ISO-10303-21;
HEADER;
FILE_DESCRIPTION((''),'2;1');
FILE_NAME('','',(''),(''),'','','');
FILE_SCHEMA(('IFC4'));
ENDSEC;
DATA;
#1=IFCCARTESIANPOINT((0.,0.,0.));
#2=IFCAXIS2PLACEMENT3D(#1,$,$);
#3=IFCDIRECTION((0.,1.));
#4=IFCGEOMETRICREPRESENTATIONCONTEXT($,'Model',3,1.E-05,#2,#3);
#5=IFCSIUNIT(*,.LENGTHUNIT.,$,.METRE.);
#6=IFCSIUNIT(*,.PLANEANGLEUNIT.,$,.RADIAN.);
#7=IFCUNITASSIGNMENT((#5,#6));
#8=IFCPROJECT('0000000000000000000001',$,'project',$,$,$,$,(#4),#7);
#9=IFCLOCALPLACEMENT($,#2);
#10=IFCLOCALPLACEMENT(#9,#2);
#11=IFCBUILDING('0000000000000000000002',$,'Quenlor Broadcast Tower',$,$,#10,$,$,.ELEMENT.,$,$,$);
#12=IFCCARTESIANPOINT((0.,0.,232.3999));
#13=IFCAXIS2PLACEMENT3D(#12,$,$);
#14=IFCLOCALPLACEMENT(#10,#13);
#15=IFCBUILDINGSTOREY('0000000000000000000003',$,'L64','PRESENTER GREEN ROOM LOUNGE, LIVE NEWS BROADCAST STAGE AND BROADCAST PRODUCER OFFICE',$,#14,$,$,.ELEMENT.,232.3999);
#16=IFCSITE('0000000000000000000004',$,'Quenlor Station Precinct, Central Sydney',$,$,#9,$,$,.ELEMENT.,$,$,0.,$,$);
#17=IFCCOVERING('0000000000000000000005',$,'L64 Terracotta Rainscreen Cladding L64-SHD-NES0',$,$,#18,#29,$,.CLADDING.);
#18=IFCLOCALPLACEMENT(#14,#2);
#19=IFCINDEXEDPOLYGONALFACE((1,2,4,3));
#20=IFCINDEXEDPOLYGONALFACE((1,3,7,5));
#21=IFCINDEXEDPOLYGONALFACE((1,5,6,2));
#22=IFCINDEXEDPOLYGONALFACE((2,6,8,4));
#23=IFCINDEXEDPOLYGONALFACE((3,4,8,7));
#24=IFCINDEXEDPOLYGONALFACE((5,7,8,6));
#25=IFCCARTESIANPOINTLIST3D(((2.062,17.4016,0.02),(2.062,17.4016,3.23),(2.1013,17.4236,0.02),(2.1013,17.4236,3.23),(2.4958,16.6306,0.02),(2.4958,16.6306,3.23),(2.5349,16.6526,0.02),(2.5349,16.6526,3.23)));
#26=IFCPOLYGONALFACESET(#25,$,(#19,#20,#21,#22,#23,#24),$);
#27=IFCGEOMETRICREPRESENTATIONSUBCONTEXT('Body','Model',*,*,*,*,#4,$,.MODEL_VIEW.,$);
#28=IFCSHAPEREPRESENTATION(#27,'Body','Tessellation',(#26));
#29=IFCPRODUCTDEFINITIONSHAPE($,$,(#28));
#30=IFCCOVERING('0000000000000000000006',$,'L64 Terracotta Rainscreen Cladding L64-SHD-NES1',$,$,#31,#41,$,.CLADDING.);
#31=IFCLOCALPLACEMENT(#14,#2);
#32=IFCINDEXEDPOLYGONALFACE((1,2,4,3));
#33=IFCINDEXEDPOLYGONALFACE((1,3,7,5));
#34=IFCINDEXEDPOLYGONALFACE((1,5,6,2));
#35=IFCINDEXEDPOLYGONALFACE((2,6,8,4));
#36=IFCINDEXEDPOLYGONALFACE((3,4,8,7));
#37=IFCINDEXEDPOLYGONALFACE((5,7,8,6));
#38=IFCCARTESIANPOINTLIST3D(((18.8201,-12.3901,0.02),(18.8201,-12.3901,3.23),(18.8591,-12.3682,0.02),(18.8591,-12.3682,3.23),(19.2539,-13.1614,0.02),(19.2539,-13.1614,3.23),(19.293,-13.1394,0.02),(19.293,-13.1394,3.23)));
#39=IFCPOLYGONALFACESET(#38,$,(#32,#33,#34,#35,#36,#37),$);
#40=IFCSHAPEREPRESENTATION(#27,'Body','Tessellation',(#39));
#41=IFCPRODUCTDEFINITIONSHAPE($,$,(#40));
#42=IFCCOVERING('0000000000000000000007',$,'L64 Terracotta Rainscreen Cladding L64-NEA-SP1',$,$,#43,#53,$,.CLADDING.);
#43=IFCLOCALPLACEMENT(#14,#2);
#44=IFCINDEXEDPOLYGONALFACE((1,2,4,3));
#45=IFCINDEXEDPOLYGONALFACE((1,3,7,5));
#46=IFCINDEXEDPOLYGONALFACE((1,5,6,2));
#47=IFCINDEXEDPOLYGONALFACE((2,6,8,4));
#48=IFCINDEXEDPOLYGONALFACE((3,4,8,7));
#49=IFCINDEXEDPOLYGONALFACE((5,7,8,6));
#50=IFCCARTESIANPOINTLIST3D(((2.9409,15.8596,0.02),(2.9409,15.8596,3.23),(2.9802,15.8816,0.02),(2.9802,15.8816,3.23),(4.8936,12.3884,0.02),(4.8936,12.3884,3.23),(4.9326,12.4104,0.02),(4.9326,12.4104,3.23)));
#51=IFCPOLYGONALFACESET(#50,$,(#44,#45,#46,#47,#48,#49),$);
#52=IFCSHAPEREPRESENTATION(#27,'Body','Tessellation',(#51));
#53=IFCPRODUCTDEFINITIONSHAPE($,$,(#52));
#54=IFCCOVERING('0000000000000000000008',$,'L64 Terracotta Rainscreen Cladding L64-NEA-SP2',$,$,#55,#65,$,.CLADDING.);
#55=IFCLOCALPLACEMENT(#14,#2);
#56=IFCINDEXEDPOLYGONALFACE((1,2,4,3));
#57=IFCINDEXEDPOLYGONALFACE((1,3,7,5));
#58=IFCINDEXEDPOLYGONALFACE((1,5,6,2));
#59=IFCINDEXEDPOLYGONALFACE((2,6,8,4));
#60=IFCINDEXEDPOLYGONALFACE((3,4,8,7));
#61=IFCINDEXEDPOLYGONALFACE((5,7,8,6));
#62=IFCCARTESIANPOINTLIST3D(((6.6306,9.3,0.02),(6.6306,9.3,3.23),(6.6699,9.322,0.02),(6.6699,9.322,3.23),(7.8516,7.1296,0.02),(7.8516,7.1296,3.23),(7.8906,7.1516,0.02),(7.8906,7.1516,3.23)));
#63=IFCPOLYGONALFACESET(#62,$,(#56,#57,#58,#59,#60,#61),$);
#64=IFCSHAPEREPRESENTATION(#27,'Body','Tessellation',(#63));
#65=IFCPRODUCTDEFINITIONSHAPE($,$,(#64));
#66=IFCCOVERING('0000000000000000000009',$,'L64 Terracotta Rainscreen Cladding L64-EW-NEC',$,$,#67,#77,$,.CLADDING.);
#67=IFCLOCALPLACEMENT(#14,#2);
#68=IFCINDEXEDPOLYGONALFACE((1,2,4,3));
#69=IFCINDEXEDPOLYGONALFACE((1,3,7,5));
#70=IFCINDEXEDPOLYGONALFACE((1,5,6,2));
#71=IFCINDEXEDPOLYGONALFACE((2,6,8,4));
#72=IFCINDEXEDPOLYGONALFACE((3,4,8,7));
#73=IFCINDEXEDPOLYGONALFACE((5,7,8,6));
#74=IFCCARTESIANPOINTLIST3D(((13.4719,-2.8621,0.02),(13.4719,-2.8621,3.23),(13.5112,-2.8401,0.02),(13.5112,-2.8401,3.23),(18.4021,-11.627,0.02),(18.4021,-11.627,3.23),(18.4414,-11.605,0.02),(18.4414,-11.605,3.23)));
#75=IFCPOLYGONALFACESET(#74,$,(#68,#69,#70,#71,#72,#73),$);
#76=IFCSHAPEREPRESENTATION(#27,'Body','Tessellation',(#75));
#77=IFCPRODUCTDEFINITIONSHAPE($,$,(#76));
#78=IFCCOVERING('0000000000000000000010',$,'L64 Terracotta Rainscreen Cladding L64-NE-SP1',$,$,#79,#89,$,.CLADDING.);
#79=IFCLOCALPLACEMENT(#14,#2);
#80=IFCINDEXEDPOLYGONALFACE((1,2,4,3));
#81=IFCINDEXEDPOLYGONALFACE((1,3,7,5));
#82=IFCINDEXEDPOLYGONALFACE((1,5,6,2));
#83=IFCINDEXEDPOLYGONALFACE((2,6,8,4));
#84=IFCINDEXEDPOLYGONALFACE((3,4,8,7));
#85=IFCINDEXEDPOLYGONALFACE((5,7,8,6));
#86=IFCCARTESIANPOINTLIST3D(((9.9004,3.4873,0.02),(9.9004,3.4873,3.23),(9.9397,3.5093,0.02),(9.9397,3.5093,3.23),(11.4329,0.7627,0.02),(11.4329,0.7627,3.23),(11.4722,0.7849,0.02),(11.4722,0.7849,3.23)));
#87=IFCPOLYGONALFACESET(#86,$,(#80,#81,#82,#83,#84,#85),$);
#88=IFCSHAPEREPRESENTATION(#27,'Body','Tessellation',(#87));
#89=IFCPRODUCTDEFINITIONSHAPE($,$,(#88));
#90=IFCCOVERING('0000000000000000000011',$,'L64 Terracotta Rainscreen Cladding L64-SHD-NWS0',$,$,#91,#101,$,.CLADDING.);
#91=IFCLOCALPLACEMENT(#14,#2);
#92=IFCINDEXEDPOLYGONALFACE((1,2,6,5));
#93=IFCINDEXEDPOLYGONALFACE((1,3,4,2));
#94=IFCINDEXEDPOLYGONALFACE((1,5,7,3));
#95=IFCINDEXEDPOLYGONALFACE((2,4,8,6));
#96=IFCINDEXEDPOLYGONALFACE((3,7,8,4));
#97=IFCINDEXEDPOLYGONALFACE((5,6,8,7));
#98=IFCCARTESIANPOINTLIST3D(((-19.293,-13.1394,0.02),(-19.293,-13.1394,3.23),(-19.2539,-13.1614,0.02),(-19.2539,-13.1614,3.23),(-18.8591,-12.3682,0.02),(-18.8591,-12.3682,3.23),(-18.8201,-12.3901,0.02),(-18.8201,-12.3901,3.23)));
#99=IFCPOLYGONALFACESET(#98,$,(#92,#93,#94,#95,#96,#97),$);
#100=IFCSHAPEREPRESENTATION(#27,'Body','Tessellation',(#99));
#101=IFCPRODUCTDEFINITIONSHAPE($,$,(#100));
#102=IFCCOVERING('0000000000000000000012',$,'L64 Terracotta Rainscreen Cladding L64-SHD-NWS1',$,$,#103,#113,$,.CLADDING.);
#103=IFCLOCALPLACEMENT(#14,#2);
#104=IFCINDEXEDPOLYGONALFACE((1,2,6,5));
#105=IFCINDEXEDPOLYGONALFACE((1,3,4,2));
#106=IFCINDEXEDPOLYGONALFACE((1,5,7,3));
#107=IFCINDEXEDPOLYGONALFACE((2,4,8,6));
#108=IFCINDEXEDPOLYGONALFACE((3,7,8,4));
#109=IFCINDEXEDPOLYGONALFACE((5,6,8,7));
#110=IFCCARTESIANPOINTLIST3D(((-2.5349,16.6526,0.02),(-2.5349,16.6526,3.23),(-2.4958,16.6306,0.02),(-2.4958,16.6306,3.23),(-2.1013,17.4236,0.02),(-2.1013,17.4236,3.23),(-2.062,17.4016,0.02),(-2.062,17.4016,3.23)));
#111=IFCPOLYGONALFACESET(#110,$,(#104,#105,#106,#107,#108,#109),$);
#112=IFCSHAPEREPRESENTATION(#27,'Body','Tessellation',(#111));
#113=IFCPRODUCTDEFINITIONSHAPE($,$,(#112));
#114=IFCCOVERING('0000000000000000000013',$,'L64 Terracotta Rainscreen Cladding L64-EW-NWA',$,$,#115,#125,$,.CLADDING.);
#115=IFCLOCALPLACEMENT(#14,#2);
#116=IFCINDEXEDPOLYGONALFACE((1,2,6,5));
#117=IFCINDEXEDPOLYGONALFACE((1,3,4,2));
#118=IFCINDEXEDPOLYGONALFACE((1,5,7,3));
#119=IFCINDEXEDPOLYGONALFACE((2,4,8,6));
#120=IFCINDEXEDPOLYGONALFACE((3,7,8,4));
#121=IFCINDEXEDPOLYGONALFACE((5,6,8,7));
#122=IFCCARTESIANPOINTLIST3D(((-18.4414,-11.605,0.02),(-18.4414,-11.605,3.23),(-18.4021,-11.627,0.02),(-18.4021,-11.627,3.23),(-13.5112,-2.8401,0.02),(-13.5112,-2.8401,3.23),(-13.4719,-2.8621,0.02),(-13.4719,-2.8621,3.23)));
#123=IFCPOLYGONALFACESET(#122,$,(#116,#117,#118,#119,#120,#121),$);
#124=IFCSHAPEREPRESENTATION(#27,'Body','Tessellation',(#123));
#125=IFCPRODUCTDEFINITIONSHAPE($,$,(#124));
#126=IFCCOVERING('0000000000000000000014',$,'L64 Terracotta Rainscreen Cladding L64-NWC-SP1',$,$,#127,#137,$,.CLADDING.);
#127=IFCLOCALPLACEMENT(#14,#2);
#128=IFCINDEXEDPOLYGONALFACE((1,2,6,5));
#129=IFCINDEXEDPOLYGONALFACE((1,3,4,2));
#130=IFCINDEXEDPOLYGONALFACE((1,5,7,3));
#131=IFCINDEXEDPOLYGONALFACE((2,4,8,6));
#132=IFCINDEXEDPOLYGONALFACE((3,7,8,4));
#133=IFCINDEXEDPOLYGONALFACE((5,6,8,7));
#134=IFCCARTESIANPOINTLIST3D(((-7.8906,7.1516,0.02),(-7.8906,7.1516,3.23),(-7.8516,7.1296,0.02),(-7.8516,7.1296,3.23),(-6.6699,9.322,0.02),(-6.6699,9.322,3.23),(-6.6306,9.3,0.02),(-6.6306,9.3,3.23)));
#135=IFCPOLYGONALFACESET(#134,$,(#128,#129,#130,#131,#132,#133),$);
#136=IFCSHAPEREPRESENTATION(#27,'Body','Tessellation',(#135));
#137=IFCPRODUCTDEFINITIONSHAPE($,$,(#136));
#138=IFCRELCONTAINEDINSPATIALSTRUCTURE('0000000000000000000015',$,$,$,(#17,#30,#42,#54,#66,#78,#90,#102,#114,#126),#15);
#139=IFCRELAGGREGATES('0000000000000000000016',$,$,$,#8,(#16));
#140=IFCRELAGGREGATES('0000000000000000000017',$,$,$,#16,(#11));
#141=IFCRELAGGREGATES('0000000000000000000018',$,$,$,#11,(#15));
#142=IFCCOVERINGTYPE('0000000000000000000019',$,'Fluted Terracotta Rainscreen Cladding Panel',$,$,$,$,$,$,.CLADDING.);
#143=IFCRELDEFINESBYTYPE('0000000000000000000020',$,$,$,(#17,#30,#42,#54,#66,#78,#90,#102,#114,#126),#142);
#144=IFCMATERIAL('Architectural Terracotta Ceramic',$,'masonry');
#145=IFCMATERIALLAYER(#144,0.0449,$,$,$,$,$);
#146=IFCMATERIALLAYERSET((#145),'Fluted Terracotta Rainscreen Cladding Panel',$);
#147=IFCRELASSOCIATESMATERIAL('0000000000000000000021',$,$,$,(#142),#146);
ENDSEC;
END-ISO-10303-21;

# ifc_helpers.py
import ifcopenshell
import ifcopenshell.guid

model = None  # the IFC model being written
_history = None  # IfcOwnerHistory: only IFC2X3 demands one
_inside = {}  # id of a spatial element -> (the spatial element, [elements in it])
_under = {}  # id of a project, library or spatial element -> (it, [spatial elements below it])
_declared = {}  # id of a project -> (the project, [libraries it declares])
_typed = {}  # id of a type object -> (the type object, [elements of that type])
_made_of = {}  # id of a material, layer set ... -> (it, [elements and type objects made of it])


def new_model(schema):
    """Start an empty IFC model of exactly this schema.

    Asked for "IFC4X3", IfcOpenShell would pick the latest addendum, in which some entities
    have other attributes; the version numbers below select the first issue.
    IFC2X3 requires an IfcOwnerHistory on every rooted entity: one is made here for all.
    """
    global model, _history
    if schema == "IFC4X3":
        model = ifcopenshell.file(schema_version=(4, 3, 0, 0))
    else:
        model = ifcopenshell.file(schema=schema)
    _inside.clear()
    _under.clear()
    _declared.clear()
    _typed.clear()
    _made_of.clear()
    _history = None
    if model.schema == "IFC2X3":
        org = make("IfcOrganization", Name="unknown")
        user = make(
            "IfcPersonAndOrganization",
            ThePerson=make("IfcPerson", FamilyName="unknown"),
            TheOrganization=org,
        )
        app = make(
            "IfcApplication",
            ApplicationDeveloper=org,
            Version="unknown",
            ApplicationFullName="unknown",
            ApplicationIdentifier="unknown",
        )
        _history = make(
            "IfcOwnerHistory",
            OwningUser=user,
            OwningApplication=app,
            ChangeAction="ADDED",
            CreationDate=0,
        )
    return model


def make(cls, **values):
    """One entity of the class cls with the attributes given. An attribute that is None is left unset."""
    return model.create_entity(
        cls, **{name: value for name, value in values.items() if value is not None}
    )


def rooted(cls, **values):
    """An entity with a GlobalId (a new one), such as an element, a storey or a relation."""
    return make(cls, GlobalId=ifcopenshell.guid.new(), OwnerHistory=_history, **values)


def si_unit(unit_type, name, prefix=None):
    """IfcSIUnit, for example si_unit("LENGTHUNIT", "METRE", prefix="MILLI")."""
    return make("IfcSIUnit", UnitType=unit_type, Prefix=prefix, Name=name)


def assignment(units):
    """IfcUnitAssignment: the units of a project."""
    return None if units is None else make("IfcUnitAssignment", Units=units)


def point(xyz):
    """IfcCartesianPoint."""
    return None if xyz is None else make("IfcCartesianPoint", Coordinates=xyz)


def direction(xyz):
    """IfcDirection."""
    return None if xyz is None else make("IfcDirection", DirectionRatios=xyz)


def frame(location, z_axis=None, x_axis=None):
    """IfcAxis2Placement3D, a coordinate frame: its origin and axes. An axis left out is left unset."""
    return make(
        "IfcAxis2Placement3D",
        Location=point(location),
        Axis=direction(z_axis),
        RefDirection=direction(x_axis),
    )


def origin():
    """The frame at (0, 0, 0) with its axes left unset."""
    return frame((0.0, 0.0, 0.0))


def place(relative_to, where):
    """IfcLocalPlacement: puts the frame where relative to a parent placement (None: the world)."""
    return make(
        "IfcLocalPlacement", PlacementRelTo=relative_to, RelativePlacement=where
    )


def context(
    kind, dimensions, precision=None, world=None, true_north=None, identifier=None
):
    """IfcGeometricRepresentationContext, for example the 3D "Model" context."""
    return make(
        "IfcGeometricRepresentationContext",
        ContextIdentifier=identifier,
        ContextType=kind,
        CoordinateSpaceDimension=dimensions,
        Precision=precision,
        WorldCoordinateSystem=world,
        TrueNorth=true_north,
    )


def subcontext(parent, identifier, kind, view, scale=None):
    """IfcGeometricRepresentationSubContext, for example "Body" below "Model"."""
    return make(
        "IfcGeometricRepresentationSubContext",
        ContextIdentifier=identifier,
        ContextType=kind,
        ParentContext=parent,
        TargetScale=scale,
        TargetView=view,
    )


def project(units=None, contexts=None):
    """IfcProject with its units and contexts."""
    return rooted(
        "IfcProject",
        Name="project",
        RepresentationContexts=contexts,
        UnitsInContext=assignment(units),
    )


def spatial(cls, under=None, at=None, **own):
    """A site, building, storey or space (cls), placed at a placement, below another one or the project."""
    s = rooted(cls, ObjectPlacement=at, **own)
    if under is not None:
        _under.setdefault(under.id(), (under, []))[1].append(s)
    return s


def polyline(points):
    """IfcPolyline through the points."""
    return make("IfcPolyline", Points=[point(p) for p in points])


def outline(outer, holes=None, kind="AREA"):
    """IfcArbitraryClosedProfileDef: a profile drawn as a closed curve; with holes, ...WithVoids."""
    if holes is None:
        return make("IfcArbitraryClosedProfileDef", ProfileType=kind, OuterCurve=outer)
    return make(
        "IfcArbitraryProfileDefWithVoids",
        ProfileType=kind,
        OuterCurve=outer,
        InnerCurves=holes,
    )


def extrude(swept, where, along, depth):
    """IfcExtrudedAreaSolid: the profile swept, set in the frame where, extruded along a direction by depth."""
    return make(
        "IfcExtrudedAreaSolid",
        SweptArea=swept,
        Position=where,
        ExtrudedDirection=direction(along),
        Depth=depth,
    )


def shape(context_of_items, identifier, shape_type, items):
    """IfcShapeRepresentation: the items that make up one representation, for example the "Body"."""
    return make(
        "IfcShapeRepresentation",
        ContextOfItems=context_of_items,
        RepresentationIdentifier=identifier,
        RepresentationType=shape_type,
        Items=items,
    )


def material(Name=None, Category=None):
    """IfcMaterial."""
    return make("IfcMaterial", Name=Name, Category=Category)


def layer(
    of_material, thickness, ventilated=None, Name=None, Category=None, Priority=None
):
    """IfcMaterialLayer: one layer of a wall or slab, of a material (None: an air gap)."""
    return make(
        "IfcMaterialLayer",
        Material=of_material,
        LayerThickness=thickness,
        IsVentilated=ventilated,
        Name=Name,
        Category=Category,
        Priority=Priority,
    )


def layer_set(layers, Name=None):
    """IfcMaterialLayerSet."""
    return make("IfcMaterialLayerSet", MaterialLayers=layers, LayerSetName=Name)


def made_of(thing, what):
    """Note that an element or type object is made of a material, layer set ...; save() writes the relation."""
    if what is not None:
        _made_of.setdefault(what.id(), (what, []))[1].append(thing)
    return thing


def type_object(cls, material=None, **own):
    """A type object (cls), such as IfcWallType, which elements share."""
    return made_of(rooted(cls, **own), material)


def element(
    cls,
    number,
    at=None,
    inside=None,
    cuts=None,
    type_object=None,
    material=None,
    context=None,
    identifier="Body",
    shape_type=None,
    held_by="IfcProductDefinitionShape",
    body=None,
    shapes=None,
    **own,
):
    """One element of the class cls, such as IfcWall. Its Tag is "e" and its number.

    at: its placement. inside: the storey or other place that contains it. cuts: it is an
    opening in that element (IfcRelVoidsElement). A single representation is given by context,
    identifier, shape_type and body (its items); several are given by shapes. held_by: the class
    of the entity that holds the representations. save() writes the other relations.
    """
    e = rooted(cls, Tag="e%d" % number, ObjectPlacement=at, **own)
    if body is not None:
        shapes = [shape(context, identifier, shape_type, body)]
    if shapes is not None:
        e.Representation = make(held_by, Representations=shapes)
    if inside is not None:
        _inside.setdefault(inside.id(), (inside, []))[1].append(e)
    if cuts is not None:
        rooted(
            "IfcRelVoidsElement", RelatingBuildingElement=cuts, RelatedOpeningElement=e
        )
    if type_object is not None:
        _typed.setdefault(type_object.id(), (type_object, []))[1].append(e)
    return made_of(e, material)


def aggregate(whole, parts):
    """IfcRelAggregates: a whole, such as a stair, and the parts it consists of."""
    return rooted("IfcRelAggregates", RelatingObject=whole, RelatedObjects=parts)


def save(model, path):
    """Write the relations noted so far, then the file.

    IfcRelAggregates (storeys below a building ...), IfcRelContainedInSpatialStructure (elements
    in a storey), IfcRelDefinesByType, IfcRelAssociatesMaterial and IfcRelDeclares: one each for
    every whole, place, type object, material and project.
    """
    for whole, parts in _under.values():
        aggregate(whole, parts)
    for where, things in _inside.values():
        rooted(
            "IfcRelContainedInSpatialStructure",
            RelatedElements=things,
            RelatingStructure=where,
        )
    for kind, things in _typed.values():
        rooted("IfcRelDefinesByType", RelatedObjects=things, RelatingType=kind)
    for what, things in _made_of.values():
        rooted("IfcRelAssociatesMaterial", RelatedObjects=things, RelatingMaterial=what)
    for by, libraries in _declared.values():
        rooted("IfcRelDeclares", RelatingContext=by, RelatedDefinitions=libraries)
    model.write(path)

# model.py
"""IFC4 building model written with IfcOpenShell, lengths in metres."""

from ifc_helpers import new_model, si_unit, direction, frame, origin, place, context, subcontext, project, spatial, polyline, outline, extrude, material, layer, layer_set, type_object, element, save


model = new_model("IFC4")

# Units and contexts
model_context = context("Model", 3, precision=1e-05, world=origin(), true_north=direction((0.0, 1.0)))
body_context = subcontext(model_context, "Body", "Model", "MODEL_VIEW")
ifc_project = project(units=[si_unit("LENGTHUNIT", "METRE"), si_unit("PLANEANGLEUNIT", "RADIAN")], contexts=[model_context])

# Site, building, storey
site_placement = place(None, origin())
site = spatial("IfcSite", under=ifc_project, at=site_placement, Name="Quenlor Station Precinct, Central Sydney", CompositionType="ELEMENT", RefElevation=0.0)
building_placement = place(site_placement, origin())
building = spatial("IfcBuilding", under=site, at=building_placement, Name="Quenlor Broadcast Tower", CompositionType="ELEMENT")
storey_placement = place(building_placement, frame((0.0, 0.0, 232.3999)))
storey = spatial("IfcBuildingStorey", under=building, at=storey_placement, Name="L64", Description="PRESENTER GREEN ROOM LOUNGE, LIVE NEWS BROADCAST STAGE AND BROADCAST PRODUCER OFFICE", CompositionType="ELEMENT", Elevation=232.3999)

# Coverings
ifc_material_1 = material(Name="Architectural Terracotta Ceramic", Category="masonry")
ifc_layer_1 = layer(ifc_material_1, 0.0449)
ifc_layer_set_1 = layer_set([ifc_layer_1], Name="Fluted Terracotta Rainscreen Cladding Panel")
covering_type = type_object("IfcCoveringType", Name="Fluted Terracotta Rainscreen Cladding Panel", PredefinedType="CLADDING", material=ifc_layer_set_1)
covering_1_placement = place(storey_placement, frame((0.0, 0.0, 0.02)))
element("IfcCovering", 1, at=covering_1_placement, inside=storey, type_object=covering_type, Name="L64 Terracotta Rainscreen Cladding L64-SHD-NES0", PredefinedType="CLADDING", context=body_context, shape_type="SweptSolid", body=[
    extrude(outline(polyline([(2.062, 17.4016), (2.4958, 16.6306), (2.5349, 16.6526), (2.1013, 17.4236), (2.062, 17.4016)])), origin(), (0.0, 0.0, 1.0), 3.21),
])
covering_2_placement = place(storey_placement, frame((0.0, 0.0, 0.02)))
element("IfcCovering", 2, at=covering_2_placement, inside=storey, type_object=covering_type, Name="L64 Terracotta Rainscreen Cladding L64-SHD-NES1", PredefinedType="CLADDING", context=body_context, shape_type="SweptSolid", body=[
    extrude(outline(polyline([(18.8201, -12.3901), (19.2539, -13.1614), (19.293, -13.1394), (18.8591, -12.3682), (18.8201, -12.3901)])), origin(), (0.0, 0.0, 1.0), 3.21),
])
covering_3_placement = place(storey_placement, frame((0.0, 0.0, 0.02)))
element("IfcCovering", 3, at=covering_3_placement, inside=storey, type_object=covering_type, Name="L64 Terracotta Rainscreen Cladding L64-NEA-SP1", PredefinedType="CLADDING", context=body_context, shape_type="SweptSolid", body=[
    extrude(outline(polyline([(2.9409, 15.8596), (4.8936, 12.3884), (4.9326, 12.4104), (2.9802, 15.8816), (2.9409, 15.8596)])), origin(), (0.0, 0.0, 1.0), 3.21),
])
covering_4_placement = place(storey_placement, frame((0.0, 0.0, 0.02)))
element("IfcCovering", 4, at=covering_4_placement, inside=storey, type_object=covering_type, Name="L64 Terracotta Rainscreen Cladding L64-NEA-SP2", PredefinedType="CLADDING", context=body_context, shape_type="SweptSolid", body=[
    extrude(outline(polyline([(6.6306, 9.3), (7.8516, 7.1296), (7.8906, 7.1516), (6.6699, 9.322), (6.6306, 9.3)])), origin(), (0.0, 0.0, 1.0), 3.21),
])
covering_5_placement = place(storey_placement, frame((0.0, 0.0, 0.02)))
element("IfcCovering", 5, at=covering_5_placement, inside=storey, type_object=covering_type, Name="L64 Terracotta Rainscreen Cladding L64-EW-NEC", PredefinedType="CLADDING", context=body_context, shape_type="SweptSolid", body=[
    extrude(outline(polyline([(13.4719, -2.8621), (18.4021, -11.627), (18.4414, -11.605), (13.5112, -2.8401), (13.4719, -2.8621)])), origin(), (0.0, 0.0, 1.0), 3.21),
])
covering_6_placement = place(storey_placement, frame((0.0, 0.0, 0.02)))
element("IfcCovering", 6, at=covering_6_placement, inside=storey, type_object=covering_type, Name="L64 Terracotta Rainscreen Cladding L64-NE-SP1", PredefinedType="CLADDING", context=body_context, shape_type="SweptSolid", body=[
    extrude(outline(polyline([(9.9004, 3.4873), (11.4329, 0.7627), (11.4722, 0.7849), (9.9397, 3.5093), (9.9004, 3.4873)])), origin(), (0.0, 0.0, 1.0), 3.21),
])
covering_7_placement = place(storey_placement, frame((0.0, 0.0, 0.02)))
element("IfcCovering", 7, at=covering_7_placement, inside=storey, type_object=covering_type, Name="L64 Terracotta Rainscreen Cladding L64-SHD-NWS0", PredefinedType="CLADDING", context=body_context, shape_type="SweptSolid", body=[
    extrude(outline(polyline([(-19.2539, -13.1614), (-18.8201, -12.3901), (-18.8591, -12.3682), (-19.293, -13.1394), (-19.2539, -13.1614)])), origin(), (0.0, 0.0, 1.0), 3.21),
])
covering_8_placement = place(storey_placement, frame((0.0, 0.0, 0.02)))
element("IfcCovering", 8, at=covering_8_placement, inside=storey, type_object=covering_type, Name="L64 Terracotta Rainscreen Cladding L64-SHD-NWS1", PredefinedType="CLADDING", context=body_context, shape_type="SweptSolid", body=[
    extrude(outline(polyline([(-2.4958, 16.6306), (-2.062, 17.4016), (-2.1013, 17.4236), (-2.5349, 16.6526), (-2.4958, 16.6306)])), origin(), (0.0, 0.0, 1.0), 3.21),
])
covering_9_placement = place(storey_placement, frame((0.0, 0.0, 0.02)))
element("IfcCovering", 9, at=covering_9_placement, inside=storey, type_object=covering_type, Name="L64 Terracotta Rainscreen Cladding L64-EW-NWA", PredefinedType="CLADDING", context=body_context, shape_type="SweptSolid", body=[
    extrude(outline(polyline([(-18.4021, -11.627), (-13.4719, -2.8621), (-13.5112, -2.8401), (-18.4414, -11.605), (-18.4021, -11.627)])), origin(), (0.0, 0.0, 1.0), 3.21),
])
covering_10_placement = place(storey_placement, frame((0.0, 0.0, 0.02)))
element("IfcCovering", 10, at=covering_10_placement, inside=storey, type_object=covering_type, Name="L64 Terracotta Rainscreen Cladding L64-NWC-SP1", PredefinedType="CLADDING", context=body_context, shape_type="SweptSolid", body=[
    extrude(outline(polyline([(-7.8516, 7.1296), (-6.6306, 9.3), (-6.6699, 9.322), (-7.8906, 7.1516), (-7.8516, 7.1296)])), origin(), (0.0, 0.0, 1.0), 3.21),
])

save(model, "model.ifc")
